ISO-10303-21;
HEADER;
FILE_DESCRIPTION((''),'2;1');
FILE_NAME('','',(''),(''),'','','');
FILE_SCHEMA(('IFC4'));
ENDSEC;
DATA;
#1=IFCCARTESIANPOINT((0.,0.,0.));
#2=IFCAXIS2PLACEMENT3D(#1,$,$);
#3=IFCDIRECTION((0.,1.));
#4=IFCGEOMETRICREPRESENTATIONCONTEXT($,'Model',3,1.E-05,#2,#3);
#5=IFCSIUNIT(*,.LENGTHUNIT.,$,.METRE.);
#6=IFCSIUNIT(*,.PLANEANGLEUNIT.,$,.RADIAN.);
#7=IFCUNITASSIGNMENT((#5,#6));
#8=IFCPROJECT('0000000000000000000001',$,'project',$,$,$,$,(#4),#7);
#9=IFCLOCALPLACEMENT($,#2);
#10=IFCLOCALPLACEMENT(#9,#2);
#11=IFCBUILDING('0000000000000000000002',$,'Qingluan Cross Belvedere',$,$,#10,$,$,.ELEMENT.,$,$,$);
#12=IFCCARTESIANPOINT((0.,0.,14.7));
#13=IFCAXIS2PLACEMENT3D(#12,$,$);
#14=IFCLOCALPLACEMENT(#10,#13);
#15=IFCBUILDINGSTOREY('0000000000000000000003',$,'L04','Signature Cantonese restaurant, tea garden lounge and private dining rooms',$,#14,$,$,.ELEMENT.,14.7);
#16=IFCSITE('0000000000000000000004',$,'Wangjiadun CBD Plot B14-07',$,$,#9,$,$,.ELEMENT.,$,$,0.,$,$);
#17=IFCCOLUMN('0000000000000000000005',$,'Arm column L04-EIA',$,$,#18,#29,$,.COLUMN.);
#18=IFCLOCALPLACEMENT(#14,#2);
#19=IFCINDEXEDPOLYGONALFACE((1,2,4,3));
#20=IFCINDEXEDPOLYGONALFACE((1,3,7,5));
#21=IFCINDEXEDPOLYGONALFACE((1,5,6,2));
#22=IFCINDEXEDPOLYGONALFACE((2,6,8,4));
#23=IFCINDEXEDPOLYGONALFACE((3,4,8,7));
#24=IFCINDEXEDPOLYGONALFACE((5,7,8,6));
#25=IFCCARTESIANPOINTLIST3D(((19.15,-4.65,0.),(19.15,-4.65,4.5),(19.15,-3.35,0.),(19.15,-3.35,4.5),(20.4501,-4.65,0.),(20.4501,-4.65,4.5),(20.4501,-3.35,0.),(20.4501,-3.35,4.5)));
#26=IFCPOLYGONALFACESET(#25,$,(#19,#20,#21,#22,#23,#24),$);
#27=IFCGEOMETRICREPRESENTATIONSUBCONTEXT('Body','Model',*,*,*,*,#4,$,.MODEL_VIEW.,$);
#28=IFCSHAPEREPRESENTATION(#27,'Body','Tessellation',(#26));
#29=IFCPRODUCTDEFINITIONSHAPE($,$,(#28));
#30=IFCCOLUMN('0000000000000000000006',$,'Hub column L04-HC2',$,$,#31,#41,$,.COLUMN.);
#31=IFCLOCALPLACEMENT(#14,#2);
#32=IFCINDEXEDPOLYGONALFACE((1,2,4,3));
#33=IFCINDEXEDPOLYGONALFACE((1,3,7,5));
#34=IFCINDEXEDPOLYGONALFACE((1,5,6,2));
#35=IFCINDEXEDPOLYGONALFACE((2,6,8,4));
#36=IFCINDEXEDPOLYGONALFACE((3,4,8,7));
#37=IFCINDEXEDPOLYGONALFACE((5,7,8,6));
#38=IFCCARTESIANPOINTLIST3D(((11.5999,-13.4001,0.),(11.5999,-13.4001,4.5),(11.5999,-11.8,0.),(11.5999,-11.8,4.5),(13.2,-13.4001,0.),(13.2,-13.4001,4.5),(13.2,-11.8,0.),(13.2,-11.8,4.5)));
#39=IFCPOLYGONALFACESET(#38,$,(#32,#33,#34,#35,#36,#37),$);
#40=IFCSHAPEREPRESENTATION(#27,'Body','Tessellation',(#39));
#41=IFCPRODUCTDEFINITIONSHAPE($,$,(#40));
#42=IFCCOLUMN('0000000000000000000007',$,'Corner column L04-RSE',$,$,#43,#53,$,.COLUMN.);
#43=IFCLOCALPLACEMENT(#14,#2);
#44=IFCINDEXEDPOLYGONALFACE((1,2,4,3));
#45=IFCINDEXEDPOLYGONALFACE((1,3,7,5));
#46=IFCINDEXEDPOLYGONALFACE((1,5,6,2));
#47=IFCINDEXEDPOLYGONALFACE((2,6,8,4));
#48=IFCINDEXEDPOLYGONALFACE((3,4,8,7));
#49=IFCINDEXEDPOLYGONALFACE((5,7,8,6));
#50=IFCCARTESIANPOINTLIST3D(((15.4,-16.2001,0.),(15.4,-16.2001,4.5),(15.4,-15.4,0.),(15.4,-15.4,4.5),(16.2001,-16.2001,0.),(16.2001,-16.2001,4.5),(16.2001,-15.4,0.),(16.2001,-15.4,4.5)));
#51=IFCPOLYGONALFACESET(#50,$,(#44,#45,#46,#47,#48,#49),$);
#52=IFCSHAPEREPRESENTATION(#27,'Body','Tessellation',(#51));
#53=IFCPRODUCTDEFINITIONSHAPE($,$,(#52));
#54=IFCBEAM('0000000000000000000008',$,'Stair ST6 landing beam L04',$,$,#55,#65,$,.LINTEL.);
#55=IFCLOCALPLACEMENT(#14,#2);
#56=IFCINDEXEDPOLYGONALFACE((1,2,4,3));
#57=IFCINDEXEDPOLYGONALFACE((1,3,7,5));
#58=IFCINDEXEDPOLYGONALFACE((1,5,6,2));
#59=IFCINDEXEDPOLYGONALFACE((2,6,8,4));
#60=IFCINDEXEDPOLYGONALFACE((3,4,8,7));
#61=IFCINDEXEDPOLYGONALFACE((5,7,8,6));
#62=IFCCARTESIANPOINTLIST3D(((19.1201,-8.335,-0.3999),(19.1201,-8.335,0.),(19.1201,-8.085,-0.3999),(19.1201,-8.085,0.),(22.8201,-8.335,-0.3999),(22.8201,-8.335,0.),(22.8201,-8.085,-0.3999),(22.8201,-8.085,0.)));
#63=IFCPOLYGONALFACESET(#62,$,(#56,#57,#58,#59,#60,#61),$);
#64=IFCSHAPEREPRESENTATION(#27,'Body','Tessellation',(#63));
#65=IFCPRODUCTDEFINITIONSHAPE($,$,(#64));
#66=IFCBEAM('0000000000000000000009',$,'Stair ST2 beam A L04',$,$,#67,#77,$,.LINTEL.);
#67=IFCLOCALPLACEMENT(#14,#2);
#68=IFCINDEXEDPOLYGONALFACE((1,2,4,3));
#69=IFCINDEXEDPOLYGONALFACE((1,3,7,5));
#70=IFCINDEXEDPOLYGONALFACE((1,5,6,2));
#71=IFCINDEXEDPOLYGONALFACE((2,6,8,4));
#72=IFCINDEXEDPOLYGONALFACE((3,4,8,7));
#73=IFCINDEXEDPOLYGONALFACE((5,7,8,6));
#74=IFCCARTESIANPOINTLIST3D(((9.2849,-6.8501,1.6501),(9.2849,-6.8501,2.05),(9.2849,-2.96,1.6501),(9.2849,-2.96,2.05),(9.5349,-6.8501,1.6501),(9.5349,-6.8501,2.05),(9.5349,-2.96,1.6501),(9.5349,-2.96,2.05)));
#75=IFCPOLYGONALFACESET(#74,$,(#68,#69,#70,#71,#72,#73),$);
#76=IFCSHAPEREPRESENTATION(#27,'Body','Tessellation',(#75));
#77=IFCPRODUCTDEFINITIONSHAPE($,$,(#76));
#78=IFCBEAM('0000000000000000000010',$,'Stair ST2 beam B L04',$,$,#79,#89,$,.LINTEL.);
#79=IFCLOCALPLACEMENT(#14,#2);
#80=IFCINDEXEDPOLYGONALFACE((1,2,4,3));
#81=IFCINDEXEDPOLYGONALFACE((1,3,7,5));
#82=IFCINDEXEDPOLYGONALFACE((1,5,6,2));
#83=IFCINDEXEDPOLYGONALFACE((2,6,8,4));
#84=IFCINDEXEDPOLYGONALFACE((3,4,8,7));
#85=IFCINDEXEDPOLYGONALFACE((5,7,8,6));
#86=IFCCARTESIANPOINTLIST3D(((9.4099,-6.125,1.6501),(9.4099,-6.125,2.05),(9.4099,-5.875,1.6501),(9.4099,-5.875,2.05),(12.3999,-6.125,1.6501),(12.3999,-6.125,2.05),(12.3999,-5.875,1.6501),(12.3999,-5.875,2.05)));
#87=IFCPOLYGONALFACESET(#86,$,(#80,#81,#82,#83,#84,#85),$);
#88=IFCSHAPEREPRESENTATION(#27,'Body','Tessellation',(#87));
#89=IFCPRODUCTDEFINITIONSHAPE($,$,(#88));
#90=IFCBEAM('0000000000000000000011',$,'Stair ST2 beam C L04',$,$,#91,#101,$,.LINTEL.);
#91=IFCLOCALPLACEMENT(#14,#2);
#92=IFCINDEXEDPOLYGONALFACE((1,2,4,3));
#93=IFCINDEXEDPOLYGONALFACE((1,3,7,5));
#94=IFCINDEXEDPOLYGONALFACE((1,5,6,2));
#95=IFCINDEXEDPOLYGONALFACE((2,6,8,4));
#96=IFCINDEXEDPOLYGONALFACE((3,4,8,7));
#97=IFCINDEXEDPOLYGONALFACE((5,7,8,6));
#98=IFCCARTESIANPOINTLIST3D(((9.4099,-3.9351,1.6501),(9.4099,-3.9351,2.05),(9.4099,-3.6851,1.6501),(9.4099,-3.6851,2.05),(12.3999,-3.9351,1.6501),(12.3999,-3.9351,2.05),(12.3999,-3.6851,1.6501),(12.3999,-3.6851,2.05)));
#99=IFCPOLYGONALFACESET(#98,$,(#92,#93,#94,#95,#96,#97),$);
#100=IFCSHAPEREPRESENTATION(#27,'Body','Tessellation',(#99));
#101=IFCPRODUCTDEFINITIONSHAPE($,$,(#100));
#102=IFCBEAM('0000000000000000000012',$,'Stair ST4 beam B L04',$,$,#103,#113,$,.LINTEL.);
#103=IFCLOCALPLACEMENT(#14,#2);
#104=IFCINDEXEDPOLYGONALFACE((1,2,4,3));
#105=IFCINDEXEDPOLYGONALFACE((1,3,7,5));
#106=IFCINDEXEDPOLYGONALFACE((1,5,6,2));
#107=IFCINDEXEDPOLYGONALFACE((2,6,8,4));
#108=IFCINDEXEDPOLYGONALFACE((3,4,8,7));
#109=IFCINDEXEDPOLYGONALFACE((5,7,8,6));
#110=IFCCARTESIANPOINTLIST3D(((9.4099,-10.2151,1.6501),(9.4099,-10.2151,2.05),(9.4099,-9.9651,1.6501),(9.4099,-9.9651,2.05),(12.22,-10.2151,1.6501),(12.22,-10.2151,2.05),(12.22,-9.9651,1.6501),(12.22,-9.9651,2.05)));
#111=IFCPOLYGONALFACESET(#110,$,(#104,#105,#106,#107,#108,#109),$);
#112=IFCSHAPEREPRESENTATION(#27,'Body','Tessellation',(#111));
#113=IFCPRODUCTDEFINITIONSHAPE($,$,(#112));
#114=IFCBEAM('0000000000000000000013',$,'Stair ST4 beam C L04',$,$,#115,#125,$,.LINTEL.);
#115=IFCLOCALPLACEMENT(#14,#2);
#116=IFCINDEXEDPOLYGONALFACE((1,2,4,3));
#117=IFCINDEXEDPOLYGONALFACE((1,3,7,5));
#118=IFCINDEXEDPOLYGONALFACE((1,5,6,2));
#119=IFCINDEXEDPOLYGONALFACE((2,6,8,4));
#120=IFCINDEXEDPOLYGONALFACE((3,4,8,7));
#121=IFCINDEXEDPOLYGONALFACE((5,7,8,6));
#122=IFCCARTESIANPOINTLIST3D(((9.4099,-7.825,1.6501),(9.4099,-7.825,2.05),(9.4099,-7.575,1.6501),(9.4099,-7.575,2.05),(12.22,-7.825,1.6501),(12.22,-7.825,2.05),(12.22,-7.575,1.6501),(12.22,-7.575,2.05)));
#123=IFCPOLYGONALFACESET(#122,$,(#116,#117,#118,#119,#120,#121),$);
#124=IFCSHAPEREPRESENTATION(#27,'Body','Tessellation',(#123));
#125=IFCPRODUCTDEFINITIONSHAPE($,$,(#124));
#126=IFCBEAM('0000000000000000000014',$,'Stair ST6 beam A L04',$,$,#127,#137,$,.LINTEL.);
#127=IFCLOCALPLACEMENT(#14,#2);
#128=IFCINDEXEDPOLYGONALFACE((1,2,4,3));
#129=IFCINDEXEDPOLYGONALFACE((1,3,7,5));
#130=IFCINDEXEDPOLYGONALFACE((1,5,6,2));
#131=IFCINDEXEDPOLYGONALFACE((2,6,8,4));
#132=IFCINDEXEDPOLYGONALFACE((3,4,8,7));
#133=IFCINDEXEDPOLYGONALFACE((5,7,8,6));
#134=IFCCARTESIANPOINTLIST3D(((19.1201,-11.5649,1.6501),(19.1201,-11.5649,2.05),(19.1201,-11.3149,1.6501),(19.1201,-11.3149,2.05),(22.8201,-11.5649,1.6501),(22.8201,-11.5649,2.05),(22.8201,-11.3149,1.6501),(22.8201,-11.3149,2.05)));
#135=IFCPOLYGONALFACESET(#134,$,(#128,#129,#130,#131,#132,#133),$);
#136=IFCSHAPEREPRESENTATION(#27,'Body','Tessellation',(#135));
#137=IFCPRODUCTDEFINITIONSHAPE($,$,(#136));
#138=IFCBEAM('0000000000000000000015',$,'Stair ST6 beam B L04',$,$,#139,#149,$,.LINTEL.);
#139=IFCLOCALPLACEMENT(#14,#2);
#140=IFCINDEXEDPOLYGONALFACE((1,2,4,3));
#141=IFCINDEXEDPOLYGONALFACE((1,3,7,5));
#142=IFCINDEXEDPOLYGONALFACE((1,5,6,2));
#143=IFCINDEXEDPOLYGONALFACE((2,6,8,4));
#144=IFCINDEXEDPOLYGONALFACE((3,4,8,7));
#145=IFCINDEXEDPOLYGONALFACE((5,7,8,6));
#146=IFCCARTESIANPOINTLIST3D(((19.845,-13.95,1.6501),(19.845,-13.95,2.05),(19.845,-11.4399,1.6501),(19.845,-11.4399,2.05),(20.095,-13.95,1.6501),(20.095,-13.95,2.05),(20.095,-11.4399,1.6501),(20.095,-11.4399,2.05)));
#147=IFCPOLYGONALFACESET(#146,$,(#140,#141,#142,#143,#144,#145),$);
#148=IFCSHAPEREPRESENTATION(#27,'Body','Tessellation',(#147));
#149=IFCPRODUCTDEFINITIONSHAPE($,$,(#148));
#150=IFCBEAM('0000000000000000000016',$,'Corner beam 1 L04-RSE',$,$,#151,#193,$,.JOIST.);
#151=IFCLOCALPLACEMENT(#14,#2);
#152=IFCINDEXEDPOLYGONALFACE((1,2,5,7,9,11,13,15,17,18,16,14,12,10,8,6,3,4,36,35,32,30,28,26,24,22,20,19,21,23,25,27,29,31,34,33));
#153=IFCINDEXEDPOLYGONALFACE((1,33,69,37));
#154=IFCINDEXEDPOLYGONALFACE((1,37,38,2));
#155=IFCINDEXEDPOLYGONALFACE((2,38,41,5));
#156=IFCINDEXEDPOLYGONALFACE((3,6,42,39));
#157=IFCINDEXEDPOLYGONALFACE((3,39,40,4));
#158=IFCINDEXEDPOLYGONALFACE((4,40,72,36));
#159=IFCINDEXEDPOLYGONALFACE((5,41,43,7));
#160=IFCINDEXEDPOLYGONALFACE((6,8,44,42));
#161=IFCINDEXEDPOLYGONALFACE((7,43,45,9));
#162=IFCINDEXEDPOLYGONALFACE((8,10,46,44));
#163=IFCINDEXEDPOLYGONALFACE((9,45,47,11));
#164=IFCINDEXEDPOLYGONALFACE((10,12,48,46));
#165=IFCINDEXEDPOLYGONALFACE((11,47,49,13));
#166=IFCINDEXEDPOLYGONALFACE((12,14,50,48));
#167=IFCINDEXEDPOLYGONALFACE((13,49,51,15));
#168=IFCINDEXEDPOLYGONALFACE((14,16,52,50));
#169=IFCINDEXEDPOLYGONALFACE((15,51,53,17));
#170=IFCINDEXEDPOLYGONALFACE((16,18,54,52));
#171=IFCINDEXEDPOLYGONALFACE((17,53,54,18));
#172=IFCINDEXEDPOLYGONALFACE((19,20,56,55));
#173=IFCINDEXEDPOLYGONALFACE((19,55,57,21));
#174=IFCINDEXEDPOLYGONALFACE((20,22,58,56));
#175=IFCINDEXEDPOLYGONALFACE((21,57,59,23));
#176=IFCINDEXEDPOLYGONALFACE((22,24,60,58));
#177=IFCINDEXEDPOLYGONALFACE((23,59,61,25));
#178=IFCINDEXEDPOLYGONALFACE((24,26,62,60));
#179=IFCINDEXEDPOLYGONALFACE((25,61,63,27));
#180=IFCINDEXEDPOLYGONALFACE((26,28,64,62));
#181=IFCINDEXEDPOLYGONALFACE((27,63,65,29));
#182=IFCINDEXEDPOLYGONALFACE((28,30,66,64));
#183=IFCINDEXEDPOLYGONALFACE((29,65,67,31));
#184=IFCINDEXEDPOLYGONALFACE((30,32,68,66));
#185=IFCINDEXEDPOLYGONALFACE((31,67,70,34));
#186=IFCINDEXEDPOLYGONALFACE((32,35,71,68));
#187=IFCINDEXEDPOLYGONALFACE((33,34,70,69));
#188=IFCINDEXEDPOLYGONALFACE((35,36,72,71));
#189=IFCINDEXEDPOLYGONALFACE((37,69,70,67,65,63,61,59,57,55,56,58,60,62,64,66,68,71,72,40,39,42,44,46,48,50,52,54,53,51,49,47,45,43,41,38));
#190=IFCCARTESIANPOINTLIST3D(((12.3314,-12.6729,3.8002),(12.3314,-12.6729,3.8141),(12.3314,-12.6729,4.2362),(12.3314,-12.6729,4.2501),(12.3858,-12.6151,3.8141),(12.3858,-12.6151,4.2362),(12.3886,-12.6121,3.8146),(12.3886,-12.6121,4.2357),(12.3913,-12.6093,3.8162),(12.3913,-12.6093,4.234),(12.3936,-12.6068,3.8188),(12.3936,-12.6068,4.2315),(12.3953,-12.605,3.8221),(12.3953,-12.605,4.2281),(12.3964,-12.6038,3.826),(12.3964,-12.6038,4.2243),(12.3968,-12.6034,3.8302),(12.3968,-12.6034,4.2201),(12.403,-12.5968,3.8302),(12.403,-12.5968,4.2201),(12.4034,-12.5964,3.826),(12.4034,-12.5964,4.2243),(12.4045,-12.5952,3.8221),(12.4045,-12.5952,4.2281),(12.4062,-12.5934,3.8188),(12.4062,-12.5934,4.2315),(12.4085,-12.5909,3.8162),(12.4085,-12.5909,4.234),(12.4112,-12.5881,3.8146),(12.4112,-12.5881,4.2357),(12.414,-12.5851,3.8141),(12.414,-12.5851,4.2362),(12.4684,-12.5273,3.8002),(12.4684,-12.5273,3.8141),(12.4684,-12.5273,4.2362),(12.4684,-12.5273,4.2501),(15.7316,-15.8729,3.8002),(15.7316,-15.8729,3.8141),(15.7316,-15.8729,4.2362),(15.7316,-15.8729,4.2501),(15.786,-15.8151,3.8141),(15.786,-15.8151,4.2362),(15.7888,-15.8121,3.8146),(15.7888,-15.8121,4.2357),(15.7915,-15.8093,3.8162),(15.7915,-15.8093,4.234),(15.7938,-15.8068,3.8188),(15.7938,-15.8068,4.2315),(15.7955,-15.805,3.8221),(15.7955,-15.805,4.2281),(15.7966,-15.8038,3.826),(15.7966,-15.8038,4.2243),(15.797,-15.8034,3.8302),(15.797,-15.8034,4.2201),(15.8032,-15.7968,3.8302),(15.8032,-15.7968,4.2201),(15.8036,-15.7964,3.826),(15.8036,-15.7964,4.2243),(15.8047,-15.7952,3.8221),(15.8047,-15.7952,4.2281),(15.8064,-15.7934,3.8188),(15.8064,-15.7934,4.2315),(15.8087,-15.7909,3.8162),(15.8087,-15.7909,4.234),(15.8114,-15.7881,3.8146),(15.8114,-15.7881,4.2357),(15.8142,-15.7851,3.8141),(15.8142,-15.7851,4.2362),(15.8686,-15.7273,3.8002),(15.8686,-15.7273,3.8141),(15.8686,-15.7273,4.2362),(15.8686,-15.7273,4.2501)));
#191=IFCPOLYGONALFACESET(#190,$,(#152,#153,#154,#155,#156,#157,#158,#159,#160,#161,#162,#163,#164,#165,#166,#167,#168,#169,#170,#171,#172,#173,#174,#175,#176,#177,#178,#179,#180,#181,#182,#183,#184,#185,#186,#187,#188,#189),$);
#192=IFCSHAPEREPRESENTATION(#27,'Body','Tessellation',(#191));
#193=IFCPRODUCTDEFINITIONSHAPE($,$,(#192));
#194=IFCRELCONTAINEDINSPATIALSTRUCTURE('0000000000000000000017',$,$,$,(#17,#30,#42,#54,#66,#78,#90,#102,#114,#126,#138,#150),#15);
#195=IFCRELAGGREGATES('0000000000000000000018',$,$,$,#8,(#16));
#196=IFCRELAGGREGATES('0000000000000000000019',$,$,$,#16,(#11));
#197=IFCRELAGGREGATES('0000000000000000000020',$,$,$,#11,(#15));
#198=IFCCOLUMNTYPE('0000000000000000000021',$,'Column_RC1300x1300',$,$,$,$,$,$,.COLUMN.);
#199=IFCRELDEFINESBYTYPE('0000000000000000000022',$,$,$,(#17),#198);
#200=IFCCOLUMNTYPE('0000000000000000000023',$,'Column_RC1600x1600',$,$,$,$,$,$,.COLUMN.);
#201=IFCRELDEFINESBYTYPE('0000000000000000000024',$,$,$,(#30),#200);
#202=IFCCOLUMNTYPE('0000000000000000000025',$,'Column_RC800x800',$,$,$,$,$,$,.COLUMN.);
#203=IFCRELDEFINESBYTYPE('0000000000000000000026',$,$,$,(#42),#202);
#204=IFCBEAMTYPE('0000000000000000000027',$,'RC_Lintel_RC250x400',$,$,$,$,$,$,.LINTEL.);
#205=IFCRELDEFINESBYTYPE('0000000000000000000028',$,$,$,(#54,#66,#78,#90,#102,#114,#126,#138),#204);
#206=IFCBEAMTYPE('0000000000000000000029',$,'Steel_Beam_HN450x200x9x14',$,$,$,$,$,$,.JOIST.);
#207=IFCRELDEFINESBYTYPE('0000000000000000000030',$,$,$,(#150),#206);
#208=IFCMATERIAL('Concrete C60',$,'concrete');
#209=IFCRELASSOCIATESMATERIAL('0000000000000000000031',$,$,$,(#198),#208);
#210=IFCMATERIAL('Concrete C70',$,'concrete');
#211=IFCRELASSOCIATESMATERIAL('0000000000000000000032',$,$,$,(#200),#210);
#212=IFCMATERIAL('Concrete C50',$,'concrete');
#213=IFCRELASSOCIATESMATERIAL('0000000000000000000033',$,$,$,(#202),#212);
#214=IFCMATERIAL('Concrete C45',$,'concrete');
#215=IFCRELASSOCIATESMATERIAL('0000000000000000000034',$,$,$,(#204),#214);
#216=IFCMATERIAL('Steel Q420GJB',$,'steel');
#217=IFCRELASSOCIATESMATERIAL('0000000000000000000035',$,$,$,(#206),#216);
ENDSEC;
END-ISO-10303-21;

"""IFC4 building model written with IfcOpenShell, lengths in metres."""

from ifc_helpers import new_model, si_unit, direction, frame, origin, origin_2d, place, context, subcontext, project, spatial, rectangle, i_section, extrude, material, material_profile, profile_set, type_object, element, save


model = new_model("IFC4")

# Units and contexts
model_context = context("Model", 3, precision=1e-05, world=origin(), true_north=direction((0.0, 1.0)))
body_context = subcontext(model_context, "Body", "Model", "MODEL_VIEW")
ifc_project = project(units=[si_unit("LENGTHUNIT", "METRE"), si_unit("PLANEANGLEUNIT", "RADIAN")], contexts=[model_context])

# Site, building, storey
site_placement = place(None, origin())
site = spatial("IfcSite", under=ifc_project, at=site_placement, Name="Wangjiadun CBD Plot B14-07", CompositionType="ELEMENT", RefElevation=0.0)
building_placement = place(site_placement, origin())
building = spatial("IfcBuilding", under=site, at=building_placement, Name="Qingluan Cross Belvedere", CompositionType="ELEMENT")
storey_placement = place(building_placement, frame((0.0, 0.0, 14.7)))
storey = spatial("IfcBuildingStorey", under=building, at=storey_placement, Name="L04", Description="Signature Cantonese restaurant, tea garden lounge and private dining rooms", CompositionType="ELEMENT", Elevation=14.7)

# Columns
ifc_material_1 = material(Name="Concrete C60", Category="concrete")
ifc_material_profile_1 = material_profile(ifc_material_1, rectangle(XDim=1.3, YDim=1.3, at=origin_2d()), Name="RC1300x1300")
ifc_profile_set_1 = profile_set([ifc_material_profile_1], Name="Concrete C60")
column_type_1 = type_object("IfcColumnType", Name="Column_RC1300x1300", PredefinedType="COLUMN", material=ifc_profile_set_1)
column_1_placement = place(storey_placement, frame((19.8, -4.0, 0.0), z_axis=(0.0, 0.0, 1.0), x_axis=(1.0, 0.0, 0.0)))
element("IfcColumn", 1, at=column_1_placement, inside=storey, type_object=column_type_1, Name="Arm column L04-EIA", PredefinedType="COLUMN", context=body_context, shape_type="SweptSolid", body=[
    extrude(rectangle(XDim=1.3, YDim=1.3, at=origin_2d()), origin(), (0.0, 0.0, 1.0), 4.5),
])
ifc_material_2 = material(Name="Concrete C70", Category="concrete")
ifc_material_profile_2 = material_profile(ifc_material_2, rectangle(XDim=1.6001, YDim=1.6001, at=origin_2d()), Name="RC1600x1600")
ifc_profile_set_2 = profile_set([ifc_material_profile_2], Name="Concrete C70")
column_type_2 = type_object("IfcColumnType", Name="Column_RC1600x1600", PredefinedType="COLUMN", material=ifc_profile_set_2)
column_2_placement = place(storey_placement, frame((12.3999, -12.6001, 0.0), z_axis=(0.0, 0.0, 1.0), x_axis=(1.0, 0.0, 0.0)))
element("IfcColumn", 2, at=column_2_placement, inside=storey, type_object=column_type_2, Name="Hub column L04-HC2", PredefinedType="COLUMN", context=body_context, shape_type="SweptSolid", body=[
    extrude(rectangle(XDim=1.6001, YDim=1.6001, at=origin_2d()), origin(), (0.0, 0.0, 1.0), 4.5),
])
ifc_material_3 = material(Name="Concrete C50", Category="concrete")
ifc_material_profile_3 = material_profile(ifc_material_3, rectangle(XDim=0.8, YDim=0.8, at=origin_2d()), Name="RC800x800")
ifc_profile_set_3 = profile_set([ifc_material_profile_3], Name="Concrete C50")
column_type_3 = type_object("IfcColumnType", Name="Column_RC800x800", PredefinedType="COLUMN", material=ifc_profile_set_3)
column_3_placement = place(storey_placement, frame((15.8, -15.8, 0.0), z_axis=(0.0, 0.0, 1.0), x_axis=(1.0, 0.0, 0.0)))
element("IfcColumn", 3, at=column_3_placement, inside=storey, type_object=column_type_3, Name="Corner column L04-RSE", PredefinedType="COLUMN", context=body_context, shape_type="SweptSolid", body=[
    extrude(rectangle(XDim=0.8, YDim=0.8, at=origin_2d()), origin(), (0.0, 0.0, 1.0), 4.5),
])

# Beams
ifc_material_4 = material(Name="Concrete C45", Category="concrete")
ifc_material_profile_4 = material_profile(ifc_material_4, rectangle(XDim=0.25, YDim=0.3999, at=origin_2d()), Name="RC250x400")
ifc_profile_set_4 = profile_set([ifc_material_profile_4], Name="Concrete C45")
beam_type_1 = type_object("IfcBeamType", Name="RC_Lintel_RC250x400", PredefinedType="LINTEL", material=ifc_profile_set_4)
beam_1_placement = place(storey_placement, frame((19.1201, -8.21, -0.2), z_axis=(1.0, 0.0, 0.0), x_axis=(0.0, 1.0, 0.0)))
element("IfcBeam", 4, at=beam_1_placement, inside=storey, type_object=beam_type_1, Name="Stair ST6 landing beam L04", PredefinedType="LINTEL", context=body_context, shape_type="SweptSolid", body=[
    extrude(rectangle(XDim=0.25, YDim=0.3999, at=origin_2d()), origin(), (0.0, 0.0, 1.0), 3.7),
])
beam_2_placement = place(storey_placement, frame((9.4099, -6.8501, 1.8501), z_axis=(0.0, 1.0, 0.0), x_axis=(-1.0, 0.0, 0.0)))
element("IfcBeam", 5, at=beam_2_placement, inside=storey, type_object=beam_type_1, Name="Stair ST2 beam A L04", PredefinedType="LINTEL", context=body_context, shape_type="SweptSolid", body=[
    extrude(rectangle(XDim=0.25, YDim=0.3999, at=origin_2d()), origin(), (0.0, 0.0, 1.0), 3.8901),
])
for number, where, z_axis, x_axis, name in (
    (6, (12.3999, -6.0, 1.8501), (-1.0, 0.0, 0.0), (0.0, -1.0, 0.0), "Stair ST2 beam B L04"),
    (7, (12.3999, -3.8101, 1.8501), (-1.0, 0.0, 0.0), (0.0, -1.0, 0.0), "Stair ST2 beam C L04"),
):
    element("IfcBeam", number, at=place(storey_placement, frame(where, z_axis=z_axis, x_axis=x_axis)), inside=storey, type_object=beam_type_1, Name=name, PredefinedType="LINTEL", context=body_context, shape_type="SweptSolid", body=[
        extrude(rectangle(XDim=0.25, YDim=0.3999, at=origin_2d()), origin(), (0.0, 0.0, 1.0), 2.99),
    ])
for number, where, z_axis, x_axis, name in (
    (8, (12.22, -10.0901, 1.8501), (-1.0, 0.0, 0.0), (0.0, -1.0, 0.0), "Stair ST4 beam B L04"),
    (9, (12.22, -7.7, 1.8501), (-1.0, 0.0, 0.0), (0.0, -1.0, 0.0), "Stair ST4 beam C L04"),
):
    element("IfcBeam", number, at=place(storey_placement, frame(where, z_axis=z_axis, x_axis=x_axis)), inside=storey, type_object=beam_type_1, Name=name, PredefinedType="LINTEL", context=body_context, shape_type="SweptSolid", body=[
        extrude(rectangle(XDim=0.25, YDim=0.3999, at=origin_2d()), origin(), (0.0, 0.0, 1.0), 2.8101),
    ])
beam_3_placement = place(storey_placement, frame((19.1201, -11.4399, 1.8501), z_axis=(1.0, 0.0, 0.0), x_axis=(0.0, 1.0, 0.0)))
element("IfcBeam", 10, at=beam_3_placement, inside=storey, type_object=beam_type_1, Name="Stair ST6 beam A L04", PredefinedType="LINTEL", context=body_context, shape_type="SweptSolid", body=[
    extrude(rectangle(XDim=0.25, YDim=0.3999, at=origin_2d()), origin(), (0.0, 0.0, 1.0), 3.7),
])
beam_4_placement = place(storey_placement, frame((19.97, -13.95, 1.8501), z_axis=(0.0, 1.0, 0.0), x_axis=(-1.0, 0.0, 0.0)))
element("IfcBeam", 11, at=beam_4_placement, inside=storey, type_object=beam_type_1, Name="Stair ST6 beam B L04", PredefinedType="LINTEL", context=body_context, shape_type="SweptSolid", body=[
    extrude(rectangle(XDim=0.25, YDim=0.3999, at=origin_2d()), origin(), (0.0, 0.0, 1.0), 2.51),
])
ifc_material_5 = material(Name="Steel Q420GJB", Category="steel")
ifc_material_profile_5 = material_profile(ifc_material_5, i_section(OverallWidth=0.2, OverallDepth=0.45, WebThickness=0.009, FlangeThickness=0.0139, FilletRadius=0.0161, at=origin_2d()), Name="HN450x200x9x14")
ifc_profile_set_5 = profile_set([ifc_material_profile_5], Name="Steel Q420GJB")
beam_type_2 = type_object("IfcBeamType", Name="Steel_Beam_HN450x200x9x14", PredefinedType="JOIST", material=ifc_profile_set_5)
beam_5_placement = place(storey_placement, frame((12.3999, -12.6001, 4.0251), z_axis=(0.72822, -0.685343, 0.0), x_axis=(0.685343, 0.72822, 0.0)))
element("IfcBeam", 12, at=beam_5_placement, inside=storey, type_object=beam_type_2, Name="Corner beam 1 L04-RSE", PredefinedType="JOIST", context=body_context, shape_type="SweptSolid", body=[
    extrude(i_section(OverallWidth=0.2, OverallDepth=0.45, WebThickness=0.009, FlangeThickness=0.0139, FilletRadius=0.0161, at=origin_2d()), origin(), (0.0, 0.0, 1.0), 4.6692),
])

save(model, "model.ifc")
